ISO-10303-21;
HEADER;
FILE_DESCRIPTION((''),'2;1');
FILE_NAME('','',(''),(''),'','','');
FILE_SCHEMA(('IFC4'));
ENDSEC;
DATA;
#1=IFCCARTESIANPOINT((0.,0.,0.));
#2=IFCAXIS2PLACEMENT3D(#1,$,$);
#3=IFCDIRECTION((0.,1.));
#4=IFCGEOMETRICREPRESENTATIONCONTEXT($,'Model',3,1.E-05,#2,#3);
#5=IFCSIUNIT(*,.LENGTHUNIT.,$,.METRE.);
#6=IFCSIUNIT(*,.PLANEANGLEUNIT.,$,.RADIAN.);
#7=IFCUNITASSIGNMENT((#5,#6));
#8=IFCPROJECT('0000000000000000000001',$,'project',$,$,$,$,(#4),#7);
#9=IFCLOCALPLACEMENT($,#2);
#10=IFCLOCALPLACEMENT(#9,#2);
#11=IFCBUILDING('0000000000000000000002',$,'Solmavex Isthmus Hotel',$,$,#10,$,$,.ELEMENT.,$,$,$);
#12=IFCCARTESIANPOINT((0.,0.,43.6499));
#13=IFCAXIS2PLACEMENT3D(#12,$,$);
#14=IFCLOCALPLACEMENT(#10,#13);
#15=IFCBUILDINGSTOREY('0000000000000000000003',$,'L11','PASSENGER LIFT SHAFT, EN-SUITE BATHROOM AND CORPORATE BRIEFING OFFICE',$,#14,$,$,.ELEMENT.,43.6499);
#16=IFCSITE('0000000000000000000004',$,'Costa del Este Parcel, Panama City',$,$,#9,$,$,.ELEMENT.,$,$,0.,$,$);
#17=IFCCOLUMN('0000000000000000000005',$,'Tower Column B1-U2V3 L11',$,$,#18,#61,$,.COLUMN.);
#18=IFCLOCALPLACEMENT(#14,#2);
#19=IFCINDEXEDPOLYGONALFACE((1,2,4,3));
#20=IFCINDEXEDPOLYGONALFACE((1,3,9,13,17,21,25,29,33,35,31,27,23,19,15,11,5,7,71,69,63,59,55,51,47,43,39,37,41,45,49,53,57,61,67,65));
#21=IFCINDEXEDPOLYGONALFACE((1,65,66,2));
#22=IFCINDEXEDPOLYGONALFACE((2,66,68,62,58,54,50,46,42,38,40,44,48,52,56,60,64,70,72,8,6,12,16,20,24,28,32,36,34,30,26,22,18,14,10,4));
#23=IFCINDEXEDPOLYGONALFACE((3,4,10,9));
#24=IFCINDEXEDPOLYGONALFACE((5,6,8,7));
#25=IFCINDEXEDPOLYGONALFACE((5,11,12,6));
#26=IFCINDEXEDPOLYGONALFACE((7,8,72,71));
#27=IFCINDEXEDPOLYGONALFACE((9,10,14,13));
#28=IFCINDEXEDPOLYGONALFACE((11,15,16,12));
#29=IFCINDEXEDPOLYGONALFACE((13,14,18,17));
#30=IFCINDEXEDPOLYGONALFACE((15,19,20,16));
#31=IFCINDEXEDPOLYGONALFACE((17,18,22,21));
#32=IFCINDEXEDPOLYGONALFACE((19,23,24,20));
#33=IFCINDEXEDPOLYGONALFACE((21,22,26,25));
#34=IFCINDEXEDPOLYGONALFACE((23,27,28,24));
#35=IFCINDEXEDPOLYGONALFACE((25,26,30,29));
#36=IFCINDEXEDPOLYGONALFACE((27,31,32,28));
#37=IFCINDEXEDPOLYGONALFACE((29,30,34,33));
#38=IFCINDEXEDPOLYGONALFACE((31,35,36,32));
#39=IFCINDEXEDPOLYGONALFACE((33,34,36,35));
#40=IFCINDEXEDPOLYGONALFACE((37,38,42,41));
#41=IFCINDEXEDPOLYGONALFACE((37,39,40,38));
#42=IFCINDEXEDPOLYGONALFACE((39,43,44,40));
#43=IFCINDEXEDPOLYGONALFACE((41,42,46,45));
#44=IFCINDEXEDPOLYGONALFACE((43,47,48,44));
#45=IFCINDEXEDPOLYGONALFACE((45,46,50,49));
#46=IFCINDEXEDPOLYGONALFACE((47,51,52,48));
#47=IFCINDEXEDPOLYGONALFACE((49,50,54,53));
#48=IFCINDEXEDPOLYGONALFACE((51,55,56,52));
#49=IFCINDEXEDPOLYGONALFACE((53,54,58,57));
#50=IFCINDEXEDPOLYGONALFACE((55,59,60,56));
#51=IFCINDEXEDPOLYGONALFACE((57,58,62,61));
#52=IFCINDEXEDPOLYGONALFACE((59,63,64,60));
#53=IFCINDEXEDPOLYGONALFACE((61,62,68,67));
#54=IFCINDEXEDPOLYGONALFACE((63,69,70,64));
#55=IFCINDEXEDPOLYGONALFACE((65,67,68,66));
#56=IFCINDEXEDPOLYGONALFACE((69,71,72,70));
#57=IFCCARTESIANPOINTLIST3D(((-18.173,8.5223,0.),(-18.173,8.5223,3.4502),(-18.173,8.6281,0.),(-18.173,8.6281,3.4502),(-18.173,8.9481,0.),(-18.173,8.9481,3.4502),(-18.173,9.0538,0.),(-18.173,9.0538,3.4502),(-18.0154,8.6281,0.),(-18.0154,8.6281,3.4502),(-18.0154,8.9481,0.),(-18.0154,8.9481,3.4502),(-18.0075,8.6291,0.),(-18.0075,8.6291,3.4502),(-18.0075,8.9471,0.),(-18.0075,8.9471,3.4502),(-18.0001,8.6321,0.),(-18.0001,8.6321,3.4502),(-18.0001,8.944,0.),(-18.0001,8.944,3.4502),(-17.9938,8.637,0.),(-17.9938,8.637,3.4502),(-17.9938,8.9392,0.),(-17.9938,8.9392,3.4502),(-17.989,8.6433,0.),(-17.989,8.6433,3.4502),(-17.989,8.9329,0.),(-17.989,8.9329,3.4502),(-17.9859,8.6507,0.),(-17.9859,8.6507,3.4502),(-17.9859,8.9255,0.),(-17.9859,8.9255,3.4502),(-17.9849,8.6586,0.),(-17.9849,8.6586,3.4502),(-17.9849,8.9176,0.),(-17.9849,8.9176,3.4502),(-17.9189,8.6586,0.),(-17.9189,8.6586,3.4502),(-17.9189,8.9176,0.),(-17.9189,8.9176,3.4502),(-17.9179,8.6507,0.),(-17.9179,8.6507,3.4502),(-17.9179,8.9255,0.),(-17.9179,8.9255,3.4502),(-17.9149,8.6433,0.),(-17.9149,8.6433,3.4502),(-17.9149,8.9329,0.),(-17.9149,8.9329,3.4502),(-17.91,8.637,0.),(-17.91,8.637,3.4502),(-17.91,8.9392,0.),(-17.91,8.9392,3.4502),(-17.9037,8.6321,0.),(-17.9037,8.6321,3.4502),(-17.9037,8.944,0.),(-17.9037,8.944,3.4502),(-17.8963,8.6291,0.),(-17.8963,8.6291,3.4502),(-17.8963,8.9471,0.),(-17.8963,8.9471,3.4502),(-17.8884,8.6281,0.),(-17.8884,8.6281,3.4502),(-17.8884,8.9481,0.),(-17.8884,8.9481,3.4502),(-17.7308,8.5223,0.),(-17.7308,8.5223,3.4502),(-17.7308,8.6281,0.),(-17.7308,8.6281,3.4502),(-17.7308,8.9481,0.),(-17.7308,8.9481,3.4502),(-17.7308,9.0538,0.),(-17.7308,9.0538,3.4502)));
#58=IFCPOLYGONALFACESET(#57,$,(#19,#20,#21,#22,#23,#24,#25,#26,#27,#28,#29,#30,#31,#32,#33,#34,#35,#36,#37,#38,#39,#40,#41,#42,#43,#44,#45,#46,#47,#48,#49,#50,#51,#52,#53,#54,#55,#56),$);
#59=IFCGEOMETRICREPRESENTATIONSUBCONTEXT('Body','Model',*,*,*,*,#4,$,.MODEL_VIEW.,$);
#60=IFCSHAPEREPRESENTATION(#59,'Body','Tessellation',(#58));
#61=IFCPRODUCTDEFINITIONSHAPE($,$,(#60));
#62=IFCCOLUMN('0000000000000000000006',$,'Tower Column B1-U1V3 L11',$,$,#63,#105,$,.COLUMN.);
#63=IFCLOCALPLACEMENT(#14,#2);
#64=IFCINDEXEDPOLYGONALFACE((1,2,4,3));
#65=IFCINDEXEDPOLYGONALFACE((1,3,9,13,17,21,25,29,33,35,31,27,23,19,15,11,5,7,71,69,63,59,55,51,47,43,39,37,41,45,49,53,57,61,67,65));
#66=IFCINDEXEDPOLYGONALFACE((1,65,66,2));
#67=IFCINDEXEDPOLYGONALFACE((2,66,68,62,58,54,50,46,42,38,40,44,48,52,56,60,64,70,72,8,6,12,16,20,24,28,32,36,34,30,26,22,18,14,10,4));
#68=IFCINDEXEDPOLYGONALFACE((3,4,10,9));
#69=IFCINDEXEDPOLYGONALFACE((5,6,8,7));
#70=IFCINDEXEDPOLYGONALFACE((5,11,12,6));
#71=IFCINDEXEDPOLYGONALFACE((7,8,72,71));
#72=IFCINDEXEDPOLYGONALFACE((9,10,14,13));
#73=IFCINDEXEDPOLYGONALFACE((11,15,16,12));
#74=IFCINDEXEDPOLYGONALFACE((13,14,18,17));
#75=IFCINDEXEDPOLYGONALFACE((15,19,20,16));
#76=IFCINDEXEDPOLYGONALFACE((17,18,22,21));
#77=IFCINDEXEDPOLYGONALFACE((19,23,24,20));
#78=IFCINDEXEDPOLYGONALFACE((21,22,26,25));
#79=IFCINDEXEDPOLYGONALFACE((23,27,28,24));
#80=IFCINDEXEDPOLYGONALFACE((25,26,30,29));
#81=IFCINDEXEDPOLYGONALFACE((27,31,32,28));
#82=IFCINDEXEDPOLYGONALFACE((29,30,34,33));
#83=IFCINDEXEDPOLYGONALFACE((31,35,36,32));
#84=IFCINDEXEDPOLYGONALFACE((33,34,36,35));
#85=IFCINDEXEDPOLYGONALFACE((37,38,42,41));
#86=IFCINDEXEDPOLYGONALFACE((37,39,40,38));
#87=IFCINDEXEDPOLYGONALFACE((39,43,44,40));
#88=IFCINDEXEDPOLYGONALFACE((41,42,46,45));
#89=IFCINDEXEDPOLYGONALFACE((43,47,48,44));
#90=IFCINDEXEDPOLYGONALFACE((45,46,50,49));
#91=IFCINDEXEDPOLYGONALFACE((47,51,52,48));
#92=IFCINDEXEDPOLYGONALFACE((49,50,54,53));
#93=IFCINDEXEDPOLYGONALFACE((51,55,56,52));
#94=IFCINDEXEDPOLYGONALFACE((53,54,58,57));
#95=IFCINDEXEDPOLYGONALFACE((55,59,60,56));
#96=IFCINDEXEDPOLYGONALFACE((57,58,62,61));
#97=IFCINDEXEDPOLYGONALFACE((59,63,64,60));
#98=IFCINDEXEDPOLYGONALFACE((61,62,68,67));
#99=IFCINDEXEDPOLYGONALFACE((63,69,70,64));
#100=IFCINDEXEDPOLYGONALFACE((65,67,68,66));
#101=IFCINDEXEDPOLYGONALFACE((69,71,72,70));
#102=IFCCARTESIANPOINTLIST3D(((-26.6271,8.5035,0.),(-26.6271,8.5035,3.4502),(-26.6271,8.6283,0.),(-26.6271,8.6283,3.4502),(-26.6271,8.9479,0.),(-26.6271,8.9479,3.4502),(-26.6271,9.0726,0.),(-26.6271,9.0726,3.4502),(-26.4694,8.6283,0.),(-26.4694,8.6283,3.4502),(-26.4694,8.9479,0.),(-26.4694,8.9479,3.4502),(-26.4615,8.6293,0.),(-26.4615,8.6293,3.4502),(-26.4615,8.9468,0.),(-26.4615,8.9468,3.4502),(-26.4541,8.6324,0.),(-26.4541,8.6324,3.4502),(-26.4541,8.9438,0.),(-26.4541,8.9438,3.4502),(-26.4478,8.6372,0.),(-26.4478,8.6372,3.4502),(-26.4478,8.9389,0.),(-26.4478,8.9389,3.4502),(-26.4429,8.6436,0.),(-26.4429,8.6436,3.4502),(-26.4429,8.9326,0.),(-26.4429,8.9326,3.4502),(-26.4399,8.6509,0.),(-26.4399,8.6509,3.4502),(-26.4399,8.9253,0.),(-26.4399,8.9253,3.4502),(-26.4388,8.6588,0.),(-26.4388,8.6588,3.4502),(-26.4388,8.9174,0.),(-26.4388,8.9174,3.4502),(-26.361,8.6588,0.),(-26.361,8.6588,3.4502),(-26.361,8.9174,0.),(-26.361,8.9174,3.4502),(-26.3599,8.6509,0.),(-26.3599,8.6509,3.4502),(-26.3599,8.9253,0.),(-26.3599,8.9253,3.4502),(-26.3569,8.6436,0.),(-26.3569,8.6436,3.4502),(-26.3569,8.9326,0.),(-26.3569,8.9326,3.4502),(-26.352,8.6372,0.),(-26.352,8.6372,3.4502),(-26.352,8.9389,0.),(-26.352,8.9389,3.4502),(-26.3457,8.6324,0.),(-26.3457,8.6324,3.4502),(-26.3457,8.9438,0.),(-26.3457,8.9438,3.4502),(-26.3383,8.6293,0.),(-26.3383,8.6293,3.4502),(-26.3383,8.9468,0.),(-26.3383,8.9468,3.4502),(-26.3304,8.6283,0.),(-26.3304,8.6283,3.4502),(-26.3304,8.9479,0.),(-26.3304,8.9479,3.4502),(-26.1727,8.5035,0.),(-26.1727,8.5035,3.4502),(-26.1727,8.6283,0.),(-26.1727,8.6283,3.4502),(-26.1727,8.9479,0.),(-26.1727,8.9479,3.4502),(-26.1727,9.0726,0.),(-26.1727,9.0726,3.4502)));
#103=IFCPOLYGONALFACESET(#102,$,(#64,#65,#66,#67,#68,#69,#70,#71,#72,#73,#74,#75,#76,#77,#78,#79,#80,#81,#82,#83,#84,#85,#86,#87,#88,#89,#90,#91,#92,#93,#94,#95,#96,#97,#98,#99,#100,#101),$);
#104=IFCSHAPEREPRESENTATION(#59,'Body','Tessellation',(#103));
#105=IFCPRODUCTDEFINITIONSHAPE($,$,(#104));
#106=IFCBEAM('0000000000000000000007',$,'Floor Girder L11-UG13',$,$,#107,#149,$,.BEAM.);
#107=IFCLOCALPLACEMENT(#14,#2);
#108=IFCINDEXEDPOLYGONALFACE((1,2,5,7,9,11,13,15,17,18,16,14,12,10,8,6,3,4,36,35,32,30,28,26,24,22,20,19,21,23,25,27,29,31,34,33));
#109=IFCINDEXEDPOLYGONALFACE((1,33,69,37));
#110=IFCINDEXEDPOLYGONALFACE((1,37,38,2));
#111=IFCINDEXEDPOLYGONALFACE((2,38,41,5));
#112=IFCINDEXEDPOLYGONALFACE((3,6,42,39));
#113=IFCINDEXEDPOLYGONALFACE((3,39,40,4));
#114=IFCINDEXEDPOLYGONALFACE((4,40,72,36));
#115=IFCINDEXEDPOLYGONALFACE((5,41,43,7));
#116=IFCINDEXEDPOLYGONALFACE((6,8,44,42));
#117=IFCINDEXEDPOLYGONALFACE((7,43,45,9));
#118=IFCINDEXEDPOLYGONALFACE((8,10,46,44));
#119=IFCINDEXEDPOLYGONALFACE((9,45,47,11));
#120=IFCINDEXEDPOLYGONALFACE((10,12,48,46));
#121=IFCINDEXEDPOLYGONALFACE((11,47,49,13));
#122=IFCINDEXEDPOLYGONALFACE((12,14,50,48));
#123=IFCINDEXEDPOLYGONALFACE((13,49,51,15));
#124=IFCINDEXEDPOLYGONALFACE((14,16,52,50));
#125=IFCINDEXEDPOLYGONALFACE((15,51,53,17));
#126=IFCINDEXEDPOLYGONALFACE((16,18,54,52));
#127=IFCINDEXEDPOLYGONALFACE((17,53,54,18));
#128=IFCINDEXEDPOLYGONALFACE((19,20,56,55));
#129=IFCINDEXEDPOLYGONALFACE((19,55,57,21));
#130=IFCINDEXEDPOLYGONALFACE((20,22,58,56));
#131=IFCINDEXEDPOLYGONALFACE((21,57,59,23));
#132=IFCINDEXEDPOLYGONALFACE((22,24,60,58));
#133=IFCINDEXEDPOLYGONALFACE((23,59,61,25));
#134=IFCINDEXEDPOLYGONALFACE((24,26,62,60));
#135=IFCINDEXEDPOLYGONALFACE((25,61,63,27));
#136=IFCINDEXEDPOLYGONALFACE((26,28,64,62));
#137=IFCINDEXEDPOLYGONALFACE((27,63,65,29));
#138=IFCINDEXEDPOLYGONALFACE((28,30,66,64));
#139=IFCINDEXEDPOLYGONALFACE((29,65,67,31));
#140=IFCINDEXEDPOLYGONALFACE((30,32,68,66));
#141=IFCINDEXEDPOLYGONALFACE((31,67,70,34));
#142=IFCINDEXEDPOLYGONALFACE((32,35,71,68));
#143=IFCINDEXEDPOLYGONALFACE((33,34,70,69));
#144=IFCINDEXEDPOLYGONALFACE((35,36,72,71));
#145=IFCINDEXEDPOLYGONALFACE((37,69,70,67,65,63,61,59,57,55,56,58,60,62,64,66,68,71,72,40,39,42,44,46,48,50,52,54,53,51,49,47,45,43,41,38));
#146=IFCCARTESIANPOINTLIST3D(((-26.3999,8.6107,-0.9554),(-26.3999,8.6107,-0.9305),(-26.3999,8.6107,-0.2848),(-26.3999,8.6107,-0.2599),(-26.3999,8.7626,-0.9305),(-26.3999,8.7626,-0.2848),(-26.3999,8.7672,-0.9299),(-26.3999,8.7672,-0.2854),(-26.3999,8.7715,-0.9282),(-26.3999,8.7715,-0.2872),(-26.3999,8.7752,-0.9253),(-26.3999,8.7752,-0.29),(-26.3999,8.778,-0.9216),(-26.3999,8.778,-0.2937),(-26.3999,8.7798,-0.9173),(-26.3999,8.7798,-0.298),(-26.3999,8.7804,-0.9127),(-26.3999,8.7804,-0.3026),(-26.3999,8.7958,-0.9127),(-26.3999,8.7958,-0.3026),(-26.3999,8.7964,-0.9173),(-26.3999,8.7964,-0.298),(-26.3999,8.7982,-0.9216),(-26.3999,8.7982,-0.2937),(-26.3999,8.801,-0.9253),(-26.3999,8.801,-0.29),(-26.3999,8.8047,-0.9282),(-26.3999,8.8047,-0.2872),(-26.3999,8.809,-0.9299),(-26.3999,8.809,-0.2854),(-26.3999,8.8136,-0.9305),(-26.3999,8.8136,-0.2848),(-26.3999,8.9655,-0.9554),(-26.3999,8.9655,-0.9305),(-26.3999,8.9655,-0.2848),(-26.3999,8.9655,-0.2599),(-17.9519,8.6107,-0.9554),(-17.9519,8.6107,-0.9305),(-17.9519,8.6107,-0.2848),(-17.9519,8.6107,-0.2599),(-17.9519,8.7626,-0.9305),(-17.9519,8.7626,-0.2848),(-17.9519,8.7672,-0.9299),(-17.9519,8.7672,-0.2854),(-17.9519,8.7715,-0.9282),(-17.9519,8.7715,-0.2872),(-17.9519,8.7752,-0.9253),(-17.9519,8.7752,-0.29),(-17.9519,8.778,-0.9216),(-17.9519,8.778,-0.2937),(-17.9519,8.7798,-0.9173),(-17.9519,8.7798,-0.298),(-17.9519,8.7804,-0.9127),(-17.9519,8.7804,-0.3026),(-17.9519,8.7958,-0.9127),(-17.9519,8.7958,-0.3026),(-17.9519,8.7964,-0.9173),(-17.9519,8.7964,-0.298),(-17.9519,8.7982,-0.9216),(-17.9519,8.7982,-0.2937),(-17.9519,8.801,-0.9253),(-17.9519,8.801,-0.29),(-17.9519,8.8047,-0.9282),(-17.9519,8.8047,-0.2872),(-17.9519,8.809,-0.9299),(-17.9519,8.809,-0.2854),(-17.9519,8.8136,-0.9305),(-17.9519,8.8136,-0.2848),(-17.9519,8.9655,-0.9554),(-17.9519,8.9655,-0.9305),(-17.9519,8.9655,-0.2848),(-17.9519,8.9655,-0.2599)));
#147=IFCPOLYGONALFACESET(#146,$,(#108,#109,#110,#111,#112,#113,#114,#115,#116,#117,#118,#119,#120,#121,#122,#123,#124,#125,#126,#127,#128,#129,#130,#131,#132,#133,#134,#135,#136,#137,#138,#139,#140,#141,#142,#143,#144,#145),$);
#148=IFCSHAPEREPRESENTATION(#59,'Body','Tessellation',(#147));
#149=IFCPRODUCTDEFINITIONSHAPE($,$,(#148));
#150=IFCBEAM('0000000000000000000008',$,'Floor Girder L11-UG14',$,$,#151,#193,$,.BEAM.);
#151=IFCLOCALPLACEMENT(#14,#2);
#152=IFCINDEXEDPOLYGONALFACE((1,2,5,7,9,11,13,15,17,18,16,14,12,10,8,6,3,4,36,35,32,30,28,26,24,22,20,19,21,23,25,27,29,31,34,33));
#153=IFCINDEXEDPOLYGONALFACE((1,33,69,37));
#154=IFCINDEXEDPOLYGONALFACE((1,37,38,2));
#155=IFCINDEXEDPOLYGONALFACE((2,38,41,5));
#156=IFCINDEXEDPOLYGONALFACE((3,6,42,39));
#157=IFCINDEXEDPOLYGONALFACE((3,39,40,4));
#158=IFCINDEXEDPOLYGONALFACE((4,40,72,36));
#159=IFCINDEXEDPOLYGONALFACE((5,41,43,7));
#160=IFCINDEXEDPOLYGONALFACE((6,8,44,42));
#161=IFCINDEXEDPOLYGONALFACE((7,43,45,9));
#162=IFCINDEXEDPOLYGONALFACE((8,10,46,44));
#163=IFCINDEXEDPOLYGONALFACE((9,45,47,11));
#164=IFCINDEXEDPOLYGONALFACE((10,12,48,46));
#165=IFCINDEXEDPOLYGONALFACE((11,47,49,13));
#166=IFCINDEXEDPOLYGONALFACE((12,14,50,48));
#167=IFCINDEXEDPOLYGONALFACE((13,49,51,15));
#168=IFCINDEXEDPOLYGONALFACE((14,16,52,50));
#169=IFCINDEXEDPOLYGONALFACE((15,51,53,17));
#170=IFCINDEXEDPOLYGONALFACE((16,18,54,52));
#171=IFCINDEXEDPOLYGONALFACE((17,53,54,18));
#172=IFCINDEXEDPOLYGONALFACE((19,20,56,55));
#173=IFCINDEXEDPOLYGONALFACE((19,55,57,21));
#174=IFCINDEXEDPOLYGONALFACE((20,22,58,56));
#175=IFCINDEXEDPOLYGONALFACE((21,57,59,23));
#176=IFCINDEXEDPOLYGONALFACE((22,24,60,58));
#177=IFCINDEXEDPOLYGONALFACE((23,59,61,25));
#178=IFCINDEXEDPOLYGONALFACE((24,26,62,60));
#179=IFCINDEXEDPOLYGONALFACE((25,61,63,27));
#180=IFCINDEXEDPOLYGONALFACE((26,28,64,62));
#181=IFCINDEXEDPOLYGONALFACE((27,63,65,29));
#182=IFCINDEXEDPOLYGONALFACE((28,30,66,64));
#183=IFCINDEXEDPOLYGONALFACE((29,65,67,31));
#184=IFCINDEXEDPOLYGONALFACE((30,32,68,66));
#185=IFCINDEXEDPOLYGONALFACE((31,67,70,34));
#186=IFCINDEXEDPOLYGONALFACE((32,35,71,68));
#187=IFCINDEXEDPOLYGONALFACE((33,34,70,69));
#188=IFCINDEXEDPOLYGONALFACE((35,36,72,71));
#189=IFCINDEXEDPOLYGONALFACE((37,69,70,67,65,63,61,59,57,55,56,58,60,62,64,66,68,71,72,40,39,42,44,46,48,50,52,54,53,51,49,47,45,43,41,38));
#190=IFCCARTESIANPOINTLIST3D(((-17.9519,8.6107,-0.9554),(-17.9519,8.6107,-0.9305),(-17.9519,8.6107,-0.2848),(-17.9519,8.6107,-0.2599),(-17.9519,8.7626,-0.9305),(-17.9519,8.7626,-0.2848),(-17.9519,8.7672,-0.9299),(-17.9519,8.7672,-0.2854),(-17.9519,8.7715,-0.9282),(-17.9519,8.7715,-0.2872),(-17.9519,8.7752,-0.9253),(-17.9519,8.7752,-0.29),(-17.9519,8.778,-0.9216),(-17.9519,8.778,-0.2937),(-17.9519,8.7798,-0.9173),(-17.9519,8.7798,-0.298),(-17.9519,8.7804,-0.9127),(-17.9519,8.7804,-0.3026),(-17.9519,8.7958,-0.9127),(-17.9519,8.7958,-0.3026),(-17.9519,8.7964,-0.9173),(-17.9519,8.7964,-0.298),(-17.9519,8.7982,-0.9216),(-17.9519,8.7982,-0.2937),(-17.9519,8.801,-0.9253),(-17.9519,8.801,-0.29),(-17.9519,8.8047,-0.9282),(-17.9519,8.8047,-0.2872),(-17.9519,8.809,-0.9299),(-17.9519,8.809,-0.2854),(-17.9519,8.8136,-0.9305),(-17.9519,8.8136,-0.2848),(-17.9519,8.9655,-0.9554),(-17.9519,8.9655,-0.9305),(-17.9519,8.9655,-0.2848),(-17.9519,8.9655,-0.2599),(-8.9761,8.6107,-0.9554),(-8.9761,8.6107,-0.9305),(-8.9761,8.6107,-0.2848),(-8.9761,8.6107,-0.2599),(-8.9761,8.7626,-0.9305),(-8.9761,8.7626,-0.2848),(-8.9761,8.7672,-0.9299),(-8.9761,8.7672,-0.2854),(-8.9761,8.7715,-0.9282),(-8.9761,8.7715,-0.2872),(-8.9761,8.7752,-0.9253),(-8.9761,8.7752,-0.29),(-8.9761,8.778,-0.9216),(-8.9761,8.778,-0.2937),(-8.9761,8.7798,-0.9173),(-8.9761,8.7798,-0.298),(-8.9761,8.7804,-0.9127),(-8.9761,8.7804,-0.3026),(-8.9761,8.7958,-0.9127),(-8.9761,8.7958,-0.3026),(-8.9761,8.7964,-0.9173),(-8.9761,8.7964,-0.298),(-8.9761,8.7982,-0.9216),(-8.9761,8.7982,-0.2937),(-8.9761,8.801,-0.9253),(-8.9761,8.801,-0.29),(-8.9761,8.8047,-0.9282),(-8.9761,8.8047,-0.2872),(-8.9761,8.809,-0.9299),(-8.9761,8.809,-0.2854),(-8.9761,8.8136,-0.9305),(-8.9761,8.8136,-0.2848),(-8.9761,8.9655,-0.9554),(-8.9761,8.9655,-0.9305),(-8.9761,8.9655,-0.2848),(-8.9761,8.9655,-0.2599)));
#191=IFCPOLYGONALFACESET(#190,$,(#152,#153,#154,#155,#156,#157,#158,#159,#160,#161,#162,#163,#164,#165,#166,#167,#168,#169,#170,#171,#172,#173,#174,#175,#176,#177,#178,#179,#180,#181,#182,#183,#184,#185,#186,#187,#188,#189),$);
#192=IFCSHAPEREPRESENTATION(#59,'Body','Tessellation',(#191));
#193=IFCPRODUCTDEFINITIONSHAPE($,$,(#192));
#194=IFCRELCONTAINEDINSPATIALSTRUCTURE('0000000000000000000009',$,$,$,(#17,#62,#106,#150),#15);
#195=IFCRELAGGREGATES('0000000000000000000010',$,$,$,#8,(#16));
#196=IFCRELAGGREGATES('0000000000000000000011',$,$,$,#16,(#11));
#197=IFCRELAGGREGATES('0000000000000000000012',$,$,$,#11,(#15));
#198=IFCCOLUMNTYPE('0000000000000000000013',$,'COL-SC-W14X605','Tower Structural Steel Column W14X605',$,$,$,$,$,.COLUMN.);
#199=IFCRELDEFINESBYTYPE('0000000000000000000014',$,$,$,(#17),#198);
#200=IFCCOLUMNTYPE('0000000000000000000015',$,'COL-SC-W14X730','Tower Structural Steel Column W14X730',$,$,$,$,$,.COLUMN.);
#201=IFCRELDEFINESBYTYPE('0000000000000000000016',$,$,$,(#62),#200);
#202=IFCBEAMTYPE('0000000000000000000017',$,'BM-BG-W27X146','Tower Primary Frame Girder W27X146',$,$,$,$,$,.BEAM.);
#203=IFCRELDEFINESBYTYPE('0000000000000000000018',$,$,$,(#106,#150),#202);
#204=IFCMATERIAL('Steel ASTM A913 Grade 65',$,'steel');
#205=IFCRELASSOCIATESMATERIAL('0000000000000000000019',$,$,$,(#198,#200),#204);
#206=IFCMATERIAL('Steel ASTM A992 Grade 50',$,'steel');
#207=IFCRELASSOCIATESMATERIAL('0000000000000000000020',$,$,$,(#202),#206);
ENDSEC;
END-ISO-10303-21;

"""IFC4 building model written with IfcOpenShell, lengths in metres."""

from ifc_helpers import new_model, si_unit, direction, frame, origin, origin_2d, place, context, subcontext, project, spatial, i_section, extrude, material, material_profile, profile_set, type_object, element, save


model = new_model("IFC4")

# Units and contexts
model_context = context("Model", 3, precision=1e-05, world=origin(), true_north=direction((0.0, 1.0)))
body_context = subcontext(model_context, "Body", "Model", "MODEL_VIEW")
ifc_project = project(units=[si_unit("LENGTHUNIT", "METRE"), si_unit("PLANEANGLEUNIT", "RADIAN")], contexts=[model_context])

# Site, building, storey
site_placement = place(None, origin())
site = spatial("IfcSite", under=ifc_project, at=site_placement, Name="Costa del Este Parcel, Panama City", CompositionType="ELEMENT", RefElevation=0.0)
building_placement = place(site_placement, origin())
building = spatial("IfcBuilding", under=site, at=building_placement, Name="Solmavex Isthmus Hotel", CompositionType="ELEMENT")
storey_placement = place(building_placement, frame((0.0, 0.0, 43.6499)))
storey = spatial("IfcBuildingStorey", under=building, at=storey_placement, Name="L11", Description="PASSENGER LIFT SHAFT, EN-SUITE BATHROOM AND CORPORATE BRIEFING OFFICE", CompositionType="ELEMENT", Elevation=43.6499)

# Columns
ifc_material_1 = material(Name="Steel ASTM A913 Grade 65", Category="steel")
ifc_material_profile_1 = material_profile(ifc_material_1, i_section(OverallWidth=0.4421, OverallDepth=0.5315, WebThickness=0.0659, FlangeThickness=0.1057, FilletRadius=0.0305, at=origin_2d()), Name="W14X605")
ifc_profile_set_1 = profile_set([ifc_material_profile_1], Name="Steel ASTM A913 Grade 65")
column_type_1 = type_object("IfcColumnType", Name="COL-SC-W14X605", Description="Tower Structural Steel Column W14X605", PredefinedType="COLUMN", material=ifc_profile_set_1)
column_1_placement = place(storey_placement, frame((-17.9519, 8.7881, 0.0), z_axis=(0.0, 0.0, 1.0), x_axis=(1.0, 0.0, 0.0)))
element("IfcColumn", 1, at=column_1_placement, inside=storey, type_object=column_type_1, Name="Tower Column B1-U2V3 L11", PredefinedType="COLUMN", context=body_context, shape_type="SweptSolid", body=[
    extrude(i_section(OverallWidth=0.4421, OverallDepth=0.5315, WebThickness=0.0659, FlangeThickness=0.1057, FilletRadius=0.0305, at=origin_2d()), origin(), (0.0, 0.0, 1.0), 3.4502),
])
ifc_material_profile_2 = material_profile(ifc_material_1, i_section(OverallWidth=0.4543, OverallDepth=0.5691, WebThickness=0.0779, FlangeThickness=0.1248, FilletRadius=0.0305, at=origin_2d()), Name="W14X730")
ifc_profile_set_2 = profile_set([ifc_material_profile_2], Name="Steel ASTM A913 Grade 65")
column_type_2 = type_object("IfcColumnType", Name="COL-SC-W14X730", Description="Tower Structural Steel Column W14X730", PredefinedType="COLUMN", material=ifc_profile_set_2)
column_2_placement = place(storey_placement, frame((-26.3999, 8.7881, 0.0), z_axis=(0.0, 0.0, 1.0), x_axis=(1.0, 0.0, 0.0)))
element("IfcColumn", 2, at=column_2_placement, inside=storey, type_object=column_type_2, Name="Tower Column B1-U1V3 L11", PredefinedType="COLUMN", context=body_context, shape_type="SweptSolid", body=[
    extrude(i_section(OverallWidth=0.4543, OverallDepth=0.5691, WebThickness=0.0779, FlangeThickness=0.1248, FilletRadius=0.0305, at=origin_2d()), origin(), (0.0, 0.0, 1.0), 3.4502),
])

# Beams
ifc_material_2 = material(Name="Steel ASTM A992 Grade 50", Category="steel")
ifc_material_profile_3 = material_profile(ifc_material_2, i_section(OverallWidth=0.3547, OverallDepth=0.6956, WebThickness=0.0154, FlangeThickness=0.0249, FilletRadius=0.0178, at=origin_2d()), Name="W27X146")
ifc_profile_set_3 = profile_set([ifc_material_profile_3], Name="Steel ASTM A992 Grade 50")
beam_type_1 = type_object("IfcBeamType", Name="BM-BG-W27X146", Description="Tower Primary Frame Girder W27X146", PredefinedType="BEAM", material=ifc_profile_set_3)
beam_1_placement = place(storey_placement, frame((-26.3999, 8.7881, -0.6077), z_axis=(1.0, 0.0, 0.0), x_axis=(0.0, 1.0, 0.0)))
element("IfcBeam", 3, at=beam_1_placement, inside=storey, type_object=beam_type_1, Name="Floor Girder L11-UG13", PredefinedType="BEAM", context=body_context, shape_type="SweptSolid", body=[
    extrude(i_section(OverallWidth=0.3547, OverallDepth=0.6956, WebThickness=0.0154, FlangeThickness=0.0249, FilletRadius=0.0178, at=origin_2d()), origin(), (0.0, 0.0, 1.0), 8.448),
])
beam_2_placement = place(storey_placement, frame((-17.9519, 8.7881, -0.6077), z_axis=(1.0, 0.0, 0.0), x_axis=(0.0, 1.0, 0.0)))
element("IfcBeam", 4, at=beam_2_placement, inside=storey, type_object=beam_type_1, Name="Floor Girder L11-UG14", PredefinedType="BEAM", context=body_context, shape_type="SweptSolid", body=[
    extrude(i_section(OverallWidth=0.3547, OverallDepth=0.6956, WebThickness=0.0154, FlangeThickness=0.0249, FilletRadius=0.0178, at=origin_2d()), origin(), (0.0, 0.0, 1.0), 8.9758),
])

save(model, "model.ifc")
